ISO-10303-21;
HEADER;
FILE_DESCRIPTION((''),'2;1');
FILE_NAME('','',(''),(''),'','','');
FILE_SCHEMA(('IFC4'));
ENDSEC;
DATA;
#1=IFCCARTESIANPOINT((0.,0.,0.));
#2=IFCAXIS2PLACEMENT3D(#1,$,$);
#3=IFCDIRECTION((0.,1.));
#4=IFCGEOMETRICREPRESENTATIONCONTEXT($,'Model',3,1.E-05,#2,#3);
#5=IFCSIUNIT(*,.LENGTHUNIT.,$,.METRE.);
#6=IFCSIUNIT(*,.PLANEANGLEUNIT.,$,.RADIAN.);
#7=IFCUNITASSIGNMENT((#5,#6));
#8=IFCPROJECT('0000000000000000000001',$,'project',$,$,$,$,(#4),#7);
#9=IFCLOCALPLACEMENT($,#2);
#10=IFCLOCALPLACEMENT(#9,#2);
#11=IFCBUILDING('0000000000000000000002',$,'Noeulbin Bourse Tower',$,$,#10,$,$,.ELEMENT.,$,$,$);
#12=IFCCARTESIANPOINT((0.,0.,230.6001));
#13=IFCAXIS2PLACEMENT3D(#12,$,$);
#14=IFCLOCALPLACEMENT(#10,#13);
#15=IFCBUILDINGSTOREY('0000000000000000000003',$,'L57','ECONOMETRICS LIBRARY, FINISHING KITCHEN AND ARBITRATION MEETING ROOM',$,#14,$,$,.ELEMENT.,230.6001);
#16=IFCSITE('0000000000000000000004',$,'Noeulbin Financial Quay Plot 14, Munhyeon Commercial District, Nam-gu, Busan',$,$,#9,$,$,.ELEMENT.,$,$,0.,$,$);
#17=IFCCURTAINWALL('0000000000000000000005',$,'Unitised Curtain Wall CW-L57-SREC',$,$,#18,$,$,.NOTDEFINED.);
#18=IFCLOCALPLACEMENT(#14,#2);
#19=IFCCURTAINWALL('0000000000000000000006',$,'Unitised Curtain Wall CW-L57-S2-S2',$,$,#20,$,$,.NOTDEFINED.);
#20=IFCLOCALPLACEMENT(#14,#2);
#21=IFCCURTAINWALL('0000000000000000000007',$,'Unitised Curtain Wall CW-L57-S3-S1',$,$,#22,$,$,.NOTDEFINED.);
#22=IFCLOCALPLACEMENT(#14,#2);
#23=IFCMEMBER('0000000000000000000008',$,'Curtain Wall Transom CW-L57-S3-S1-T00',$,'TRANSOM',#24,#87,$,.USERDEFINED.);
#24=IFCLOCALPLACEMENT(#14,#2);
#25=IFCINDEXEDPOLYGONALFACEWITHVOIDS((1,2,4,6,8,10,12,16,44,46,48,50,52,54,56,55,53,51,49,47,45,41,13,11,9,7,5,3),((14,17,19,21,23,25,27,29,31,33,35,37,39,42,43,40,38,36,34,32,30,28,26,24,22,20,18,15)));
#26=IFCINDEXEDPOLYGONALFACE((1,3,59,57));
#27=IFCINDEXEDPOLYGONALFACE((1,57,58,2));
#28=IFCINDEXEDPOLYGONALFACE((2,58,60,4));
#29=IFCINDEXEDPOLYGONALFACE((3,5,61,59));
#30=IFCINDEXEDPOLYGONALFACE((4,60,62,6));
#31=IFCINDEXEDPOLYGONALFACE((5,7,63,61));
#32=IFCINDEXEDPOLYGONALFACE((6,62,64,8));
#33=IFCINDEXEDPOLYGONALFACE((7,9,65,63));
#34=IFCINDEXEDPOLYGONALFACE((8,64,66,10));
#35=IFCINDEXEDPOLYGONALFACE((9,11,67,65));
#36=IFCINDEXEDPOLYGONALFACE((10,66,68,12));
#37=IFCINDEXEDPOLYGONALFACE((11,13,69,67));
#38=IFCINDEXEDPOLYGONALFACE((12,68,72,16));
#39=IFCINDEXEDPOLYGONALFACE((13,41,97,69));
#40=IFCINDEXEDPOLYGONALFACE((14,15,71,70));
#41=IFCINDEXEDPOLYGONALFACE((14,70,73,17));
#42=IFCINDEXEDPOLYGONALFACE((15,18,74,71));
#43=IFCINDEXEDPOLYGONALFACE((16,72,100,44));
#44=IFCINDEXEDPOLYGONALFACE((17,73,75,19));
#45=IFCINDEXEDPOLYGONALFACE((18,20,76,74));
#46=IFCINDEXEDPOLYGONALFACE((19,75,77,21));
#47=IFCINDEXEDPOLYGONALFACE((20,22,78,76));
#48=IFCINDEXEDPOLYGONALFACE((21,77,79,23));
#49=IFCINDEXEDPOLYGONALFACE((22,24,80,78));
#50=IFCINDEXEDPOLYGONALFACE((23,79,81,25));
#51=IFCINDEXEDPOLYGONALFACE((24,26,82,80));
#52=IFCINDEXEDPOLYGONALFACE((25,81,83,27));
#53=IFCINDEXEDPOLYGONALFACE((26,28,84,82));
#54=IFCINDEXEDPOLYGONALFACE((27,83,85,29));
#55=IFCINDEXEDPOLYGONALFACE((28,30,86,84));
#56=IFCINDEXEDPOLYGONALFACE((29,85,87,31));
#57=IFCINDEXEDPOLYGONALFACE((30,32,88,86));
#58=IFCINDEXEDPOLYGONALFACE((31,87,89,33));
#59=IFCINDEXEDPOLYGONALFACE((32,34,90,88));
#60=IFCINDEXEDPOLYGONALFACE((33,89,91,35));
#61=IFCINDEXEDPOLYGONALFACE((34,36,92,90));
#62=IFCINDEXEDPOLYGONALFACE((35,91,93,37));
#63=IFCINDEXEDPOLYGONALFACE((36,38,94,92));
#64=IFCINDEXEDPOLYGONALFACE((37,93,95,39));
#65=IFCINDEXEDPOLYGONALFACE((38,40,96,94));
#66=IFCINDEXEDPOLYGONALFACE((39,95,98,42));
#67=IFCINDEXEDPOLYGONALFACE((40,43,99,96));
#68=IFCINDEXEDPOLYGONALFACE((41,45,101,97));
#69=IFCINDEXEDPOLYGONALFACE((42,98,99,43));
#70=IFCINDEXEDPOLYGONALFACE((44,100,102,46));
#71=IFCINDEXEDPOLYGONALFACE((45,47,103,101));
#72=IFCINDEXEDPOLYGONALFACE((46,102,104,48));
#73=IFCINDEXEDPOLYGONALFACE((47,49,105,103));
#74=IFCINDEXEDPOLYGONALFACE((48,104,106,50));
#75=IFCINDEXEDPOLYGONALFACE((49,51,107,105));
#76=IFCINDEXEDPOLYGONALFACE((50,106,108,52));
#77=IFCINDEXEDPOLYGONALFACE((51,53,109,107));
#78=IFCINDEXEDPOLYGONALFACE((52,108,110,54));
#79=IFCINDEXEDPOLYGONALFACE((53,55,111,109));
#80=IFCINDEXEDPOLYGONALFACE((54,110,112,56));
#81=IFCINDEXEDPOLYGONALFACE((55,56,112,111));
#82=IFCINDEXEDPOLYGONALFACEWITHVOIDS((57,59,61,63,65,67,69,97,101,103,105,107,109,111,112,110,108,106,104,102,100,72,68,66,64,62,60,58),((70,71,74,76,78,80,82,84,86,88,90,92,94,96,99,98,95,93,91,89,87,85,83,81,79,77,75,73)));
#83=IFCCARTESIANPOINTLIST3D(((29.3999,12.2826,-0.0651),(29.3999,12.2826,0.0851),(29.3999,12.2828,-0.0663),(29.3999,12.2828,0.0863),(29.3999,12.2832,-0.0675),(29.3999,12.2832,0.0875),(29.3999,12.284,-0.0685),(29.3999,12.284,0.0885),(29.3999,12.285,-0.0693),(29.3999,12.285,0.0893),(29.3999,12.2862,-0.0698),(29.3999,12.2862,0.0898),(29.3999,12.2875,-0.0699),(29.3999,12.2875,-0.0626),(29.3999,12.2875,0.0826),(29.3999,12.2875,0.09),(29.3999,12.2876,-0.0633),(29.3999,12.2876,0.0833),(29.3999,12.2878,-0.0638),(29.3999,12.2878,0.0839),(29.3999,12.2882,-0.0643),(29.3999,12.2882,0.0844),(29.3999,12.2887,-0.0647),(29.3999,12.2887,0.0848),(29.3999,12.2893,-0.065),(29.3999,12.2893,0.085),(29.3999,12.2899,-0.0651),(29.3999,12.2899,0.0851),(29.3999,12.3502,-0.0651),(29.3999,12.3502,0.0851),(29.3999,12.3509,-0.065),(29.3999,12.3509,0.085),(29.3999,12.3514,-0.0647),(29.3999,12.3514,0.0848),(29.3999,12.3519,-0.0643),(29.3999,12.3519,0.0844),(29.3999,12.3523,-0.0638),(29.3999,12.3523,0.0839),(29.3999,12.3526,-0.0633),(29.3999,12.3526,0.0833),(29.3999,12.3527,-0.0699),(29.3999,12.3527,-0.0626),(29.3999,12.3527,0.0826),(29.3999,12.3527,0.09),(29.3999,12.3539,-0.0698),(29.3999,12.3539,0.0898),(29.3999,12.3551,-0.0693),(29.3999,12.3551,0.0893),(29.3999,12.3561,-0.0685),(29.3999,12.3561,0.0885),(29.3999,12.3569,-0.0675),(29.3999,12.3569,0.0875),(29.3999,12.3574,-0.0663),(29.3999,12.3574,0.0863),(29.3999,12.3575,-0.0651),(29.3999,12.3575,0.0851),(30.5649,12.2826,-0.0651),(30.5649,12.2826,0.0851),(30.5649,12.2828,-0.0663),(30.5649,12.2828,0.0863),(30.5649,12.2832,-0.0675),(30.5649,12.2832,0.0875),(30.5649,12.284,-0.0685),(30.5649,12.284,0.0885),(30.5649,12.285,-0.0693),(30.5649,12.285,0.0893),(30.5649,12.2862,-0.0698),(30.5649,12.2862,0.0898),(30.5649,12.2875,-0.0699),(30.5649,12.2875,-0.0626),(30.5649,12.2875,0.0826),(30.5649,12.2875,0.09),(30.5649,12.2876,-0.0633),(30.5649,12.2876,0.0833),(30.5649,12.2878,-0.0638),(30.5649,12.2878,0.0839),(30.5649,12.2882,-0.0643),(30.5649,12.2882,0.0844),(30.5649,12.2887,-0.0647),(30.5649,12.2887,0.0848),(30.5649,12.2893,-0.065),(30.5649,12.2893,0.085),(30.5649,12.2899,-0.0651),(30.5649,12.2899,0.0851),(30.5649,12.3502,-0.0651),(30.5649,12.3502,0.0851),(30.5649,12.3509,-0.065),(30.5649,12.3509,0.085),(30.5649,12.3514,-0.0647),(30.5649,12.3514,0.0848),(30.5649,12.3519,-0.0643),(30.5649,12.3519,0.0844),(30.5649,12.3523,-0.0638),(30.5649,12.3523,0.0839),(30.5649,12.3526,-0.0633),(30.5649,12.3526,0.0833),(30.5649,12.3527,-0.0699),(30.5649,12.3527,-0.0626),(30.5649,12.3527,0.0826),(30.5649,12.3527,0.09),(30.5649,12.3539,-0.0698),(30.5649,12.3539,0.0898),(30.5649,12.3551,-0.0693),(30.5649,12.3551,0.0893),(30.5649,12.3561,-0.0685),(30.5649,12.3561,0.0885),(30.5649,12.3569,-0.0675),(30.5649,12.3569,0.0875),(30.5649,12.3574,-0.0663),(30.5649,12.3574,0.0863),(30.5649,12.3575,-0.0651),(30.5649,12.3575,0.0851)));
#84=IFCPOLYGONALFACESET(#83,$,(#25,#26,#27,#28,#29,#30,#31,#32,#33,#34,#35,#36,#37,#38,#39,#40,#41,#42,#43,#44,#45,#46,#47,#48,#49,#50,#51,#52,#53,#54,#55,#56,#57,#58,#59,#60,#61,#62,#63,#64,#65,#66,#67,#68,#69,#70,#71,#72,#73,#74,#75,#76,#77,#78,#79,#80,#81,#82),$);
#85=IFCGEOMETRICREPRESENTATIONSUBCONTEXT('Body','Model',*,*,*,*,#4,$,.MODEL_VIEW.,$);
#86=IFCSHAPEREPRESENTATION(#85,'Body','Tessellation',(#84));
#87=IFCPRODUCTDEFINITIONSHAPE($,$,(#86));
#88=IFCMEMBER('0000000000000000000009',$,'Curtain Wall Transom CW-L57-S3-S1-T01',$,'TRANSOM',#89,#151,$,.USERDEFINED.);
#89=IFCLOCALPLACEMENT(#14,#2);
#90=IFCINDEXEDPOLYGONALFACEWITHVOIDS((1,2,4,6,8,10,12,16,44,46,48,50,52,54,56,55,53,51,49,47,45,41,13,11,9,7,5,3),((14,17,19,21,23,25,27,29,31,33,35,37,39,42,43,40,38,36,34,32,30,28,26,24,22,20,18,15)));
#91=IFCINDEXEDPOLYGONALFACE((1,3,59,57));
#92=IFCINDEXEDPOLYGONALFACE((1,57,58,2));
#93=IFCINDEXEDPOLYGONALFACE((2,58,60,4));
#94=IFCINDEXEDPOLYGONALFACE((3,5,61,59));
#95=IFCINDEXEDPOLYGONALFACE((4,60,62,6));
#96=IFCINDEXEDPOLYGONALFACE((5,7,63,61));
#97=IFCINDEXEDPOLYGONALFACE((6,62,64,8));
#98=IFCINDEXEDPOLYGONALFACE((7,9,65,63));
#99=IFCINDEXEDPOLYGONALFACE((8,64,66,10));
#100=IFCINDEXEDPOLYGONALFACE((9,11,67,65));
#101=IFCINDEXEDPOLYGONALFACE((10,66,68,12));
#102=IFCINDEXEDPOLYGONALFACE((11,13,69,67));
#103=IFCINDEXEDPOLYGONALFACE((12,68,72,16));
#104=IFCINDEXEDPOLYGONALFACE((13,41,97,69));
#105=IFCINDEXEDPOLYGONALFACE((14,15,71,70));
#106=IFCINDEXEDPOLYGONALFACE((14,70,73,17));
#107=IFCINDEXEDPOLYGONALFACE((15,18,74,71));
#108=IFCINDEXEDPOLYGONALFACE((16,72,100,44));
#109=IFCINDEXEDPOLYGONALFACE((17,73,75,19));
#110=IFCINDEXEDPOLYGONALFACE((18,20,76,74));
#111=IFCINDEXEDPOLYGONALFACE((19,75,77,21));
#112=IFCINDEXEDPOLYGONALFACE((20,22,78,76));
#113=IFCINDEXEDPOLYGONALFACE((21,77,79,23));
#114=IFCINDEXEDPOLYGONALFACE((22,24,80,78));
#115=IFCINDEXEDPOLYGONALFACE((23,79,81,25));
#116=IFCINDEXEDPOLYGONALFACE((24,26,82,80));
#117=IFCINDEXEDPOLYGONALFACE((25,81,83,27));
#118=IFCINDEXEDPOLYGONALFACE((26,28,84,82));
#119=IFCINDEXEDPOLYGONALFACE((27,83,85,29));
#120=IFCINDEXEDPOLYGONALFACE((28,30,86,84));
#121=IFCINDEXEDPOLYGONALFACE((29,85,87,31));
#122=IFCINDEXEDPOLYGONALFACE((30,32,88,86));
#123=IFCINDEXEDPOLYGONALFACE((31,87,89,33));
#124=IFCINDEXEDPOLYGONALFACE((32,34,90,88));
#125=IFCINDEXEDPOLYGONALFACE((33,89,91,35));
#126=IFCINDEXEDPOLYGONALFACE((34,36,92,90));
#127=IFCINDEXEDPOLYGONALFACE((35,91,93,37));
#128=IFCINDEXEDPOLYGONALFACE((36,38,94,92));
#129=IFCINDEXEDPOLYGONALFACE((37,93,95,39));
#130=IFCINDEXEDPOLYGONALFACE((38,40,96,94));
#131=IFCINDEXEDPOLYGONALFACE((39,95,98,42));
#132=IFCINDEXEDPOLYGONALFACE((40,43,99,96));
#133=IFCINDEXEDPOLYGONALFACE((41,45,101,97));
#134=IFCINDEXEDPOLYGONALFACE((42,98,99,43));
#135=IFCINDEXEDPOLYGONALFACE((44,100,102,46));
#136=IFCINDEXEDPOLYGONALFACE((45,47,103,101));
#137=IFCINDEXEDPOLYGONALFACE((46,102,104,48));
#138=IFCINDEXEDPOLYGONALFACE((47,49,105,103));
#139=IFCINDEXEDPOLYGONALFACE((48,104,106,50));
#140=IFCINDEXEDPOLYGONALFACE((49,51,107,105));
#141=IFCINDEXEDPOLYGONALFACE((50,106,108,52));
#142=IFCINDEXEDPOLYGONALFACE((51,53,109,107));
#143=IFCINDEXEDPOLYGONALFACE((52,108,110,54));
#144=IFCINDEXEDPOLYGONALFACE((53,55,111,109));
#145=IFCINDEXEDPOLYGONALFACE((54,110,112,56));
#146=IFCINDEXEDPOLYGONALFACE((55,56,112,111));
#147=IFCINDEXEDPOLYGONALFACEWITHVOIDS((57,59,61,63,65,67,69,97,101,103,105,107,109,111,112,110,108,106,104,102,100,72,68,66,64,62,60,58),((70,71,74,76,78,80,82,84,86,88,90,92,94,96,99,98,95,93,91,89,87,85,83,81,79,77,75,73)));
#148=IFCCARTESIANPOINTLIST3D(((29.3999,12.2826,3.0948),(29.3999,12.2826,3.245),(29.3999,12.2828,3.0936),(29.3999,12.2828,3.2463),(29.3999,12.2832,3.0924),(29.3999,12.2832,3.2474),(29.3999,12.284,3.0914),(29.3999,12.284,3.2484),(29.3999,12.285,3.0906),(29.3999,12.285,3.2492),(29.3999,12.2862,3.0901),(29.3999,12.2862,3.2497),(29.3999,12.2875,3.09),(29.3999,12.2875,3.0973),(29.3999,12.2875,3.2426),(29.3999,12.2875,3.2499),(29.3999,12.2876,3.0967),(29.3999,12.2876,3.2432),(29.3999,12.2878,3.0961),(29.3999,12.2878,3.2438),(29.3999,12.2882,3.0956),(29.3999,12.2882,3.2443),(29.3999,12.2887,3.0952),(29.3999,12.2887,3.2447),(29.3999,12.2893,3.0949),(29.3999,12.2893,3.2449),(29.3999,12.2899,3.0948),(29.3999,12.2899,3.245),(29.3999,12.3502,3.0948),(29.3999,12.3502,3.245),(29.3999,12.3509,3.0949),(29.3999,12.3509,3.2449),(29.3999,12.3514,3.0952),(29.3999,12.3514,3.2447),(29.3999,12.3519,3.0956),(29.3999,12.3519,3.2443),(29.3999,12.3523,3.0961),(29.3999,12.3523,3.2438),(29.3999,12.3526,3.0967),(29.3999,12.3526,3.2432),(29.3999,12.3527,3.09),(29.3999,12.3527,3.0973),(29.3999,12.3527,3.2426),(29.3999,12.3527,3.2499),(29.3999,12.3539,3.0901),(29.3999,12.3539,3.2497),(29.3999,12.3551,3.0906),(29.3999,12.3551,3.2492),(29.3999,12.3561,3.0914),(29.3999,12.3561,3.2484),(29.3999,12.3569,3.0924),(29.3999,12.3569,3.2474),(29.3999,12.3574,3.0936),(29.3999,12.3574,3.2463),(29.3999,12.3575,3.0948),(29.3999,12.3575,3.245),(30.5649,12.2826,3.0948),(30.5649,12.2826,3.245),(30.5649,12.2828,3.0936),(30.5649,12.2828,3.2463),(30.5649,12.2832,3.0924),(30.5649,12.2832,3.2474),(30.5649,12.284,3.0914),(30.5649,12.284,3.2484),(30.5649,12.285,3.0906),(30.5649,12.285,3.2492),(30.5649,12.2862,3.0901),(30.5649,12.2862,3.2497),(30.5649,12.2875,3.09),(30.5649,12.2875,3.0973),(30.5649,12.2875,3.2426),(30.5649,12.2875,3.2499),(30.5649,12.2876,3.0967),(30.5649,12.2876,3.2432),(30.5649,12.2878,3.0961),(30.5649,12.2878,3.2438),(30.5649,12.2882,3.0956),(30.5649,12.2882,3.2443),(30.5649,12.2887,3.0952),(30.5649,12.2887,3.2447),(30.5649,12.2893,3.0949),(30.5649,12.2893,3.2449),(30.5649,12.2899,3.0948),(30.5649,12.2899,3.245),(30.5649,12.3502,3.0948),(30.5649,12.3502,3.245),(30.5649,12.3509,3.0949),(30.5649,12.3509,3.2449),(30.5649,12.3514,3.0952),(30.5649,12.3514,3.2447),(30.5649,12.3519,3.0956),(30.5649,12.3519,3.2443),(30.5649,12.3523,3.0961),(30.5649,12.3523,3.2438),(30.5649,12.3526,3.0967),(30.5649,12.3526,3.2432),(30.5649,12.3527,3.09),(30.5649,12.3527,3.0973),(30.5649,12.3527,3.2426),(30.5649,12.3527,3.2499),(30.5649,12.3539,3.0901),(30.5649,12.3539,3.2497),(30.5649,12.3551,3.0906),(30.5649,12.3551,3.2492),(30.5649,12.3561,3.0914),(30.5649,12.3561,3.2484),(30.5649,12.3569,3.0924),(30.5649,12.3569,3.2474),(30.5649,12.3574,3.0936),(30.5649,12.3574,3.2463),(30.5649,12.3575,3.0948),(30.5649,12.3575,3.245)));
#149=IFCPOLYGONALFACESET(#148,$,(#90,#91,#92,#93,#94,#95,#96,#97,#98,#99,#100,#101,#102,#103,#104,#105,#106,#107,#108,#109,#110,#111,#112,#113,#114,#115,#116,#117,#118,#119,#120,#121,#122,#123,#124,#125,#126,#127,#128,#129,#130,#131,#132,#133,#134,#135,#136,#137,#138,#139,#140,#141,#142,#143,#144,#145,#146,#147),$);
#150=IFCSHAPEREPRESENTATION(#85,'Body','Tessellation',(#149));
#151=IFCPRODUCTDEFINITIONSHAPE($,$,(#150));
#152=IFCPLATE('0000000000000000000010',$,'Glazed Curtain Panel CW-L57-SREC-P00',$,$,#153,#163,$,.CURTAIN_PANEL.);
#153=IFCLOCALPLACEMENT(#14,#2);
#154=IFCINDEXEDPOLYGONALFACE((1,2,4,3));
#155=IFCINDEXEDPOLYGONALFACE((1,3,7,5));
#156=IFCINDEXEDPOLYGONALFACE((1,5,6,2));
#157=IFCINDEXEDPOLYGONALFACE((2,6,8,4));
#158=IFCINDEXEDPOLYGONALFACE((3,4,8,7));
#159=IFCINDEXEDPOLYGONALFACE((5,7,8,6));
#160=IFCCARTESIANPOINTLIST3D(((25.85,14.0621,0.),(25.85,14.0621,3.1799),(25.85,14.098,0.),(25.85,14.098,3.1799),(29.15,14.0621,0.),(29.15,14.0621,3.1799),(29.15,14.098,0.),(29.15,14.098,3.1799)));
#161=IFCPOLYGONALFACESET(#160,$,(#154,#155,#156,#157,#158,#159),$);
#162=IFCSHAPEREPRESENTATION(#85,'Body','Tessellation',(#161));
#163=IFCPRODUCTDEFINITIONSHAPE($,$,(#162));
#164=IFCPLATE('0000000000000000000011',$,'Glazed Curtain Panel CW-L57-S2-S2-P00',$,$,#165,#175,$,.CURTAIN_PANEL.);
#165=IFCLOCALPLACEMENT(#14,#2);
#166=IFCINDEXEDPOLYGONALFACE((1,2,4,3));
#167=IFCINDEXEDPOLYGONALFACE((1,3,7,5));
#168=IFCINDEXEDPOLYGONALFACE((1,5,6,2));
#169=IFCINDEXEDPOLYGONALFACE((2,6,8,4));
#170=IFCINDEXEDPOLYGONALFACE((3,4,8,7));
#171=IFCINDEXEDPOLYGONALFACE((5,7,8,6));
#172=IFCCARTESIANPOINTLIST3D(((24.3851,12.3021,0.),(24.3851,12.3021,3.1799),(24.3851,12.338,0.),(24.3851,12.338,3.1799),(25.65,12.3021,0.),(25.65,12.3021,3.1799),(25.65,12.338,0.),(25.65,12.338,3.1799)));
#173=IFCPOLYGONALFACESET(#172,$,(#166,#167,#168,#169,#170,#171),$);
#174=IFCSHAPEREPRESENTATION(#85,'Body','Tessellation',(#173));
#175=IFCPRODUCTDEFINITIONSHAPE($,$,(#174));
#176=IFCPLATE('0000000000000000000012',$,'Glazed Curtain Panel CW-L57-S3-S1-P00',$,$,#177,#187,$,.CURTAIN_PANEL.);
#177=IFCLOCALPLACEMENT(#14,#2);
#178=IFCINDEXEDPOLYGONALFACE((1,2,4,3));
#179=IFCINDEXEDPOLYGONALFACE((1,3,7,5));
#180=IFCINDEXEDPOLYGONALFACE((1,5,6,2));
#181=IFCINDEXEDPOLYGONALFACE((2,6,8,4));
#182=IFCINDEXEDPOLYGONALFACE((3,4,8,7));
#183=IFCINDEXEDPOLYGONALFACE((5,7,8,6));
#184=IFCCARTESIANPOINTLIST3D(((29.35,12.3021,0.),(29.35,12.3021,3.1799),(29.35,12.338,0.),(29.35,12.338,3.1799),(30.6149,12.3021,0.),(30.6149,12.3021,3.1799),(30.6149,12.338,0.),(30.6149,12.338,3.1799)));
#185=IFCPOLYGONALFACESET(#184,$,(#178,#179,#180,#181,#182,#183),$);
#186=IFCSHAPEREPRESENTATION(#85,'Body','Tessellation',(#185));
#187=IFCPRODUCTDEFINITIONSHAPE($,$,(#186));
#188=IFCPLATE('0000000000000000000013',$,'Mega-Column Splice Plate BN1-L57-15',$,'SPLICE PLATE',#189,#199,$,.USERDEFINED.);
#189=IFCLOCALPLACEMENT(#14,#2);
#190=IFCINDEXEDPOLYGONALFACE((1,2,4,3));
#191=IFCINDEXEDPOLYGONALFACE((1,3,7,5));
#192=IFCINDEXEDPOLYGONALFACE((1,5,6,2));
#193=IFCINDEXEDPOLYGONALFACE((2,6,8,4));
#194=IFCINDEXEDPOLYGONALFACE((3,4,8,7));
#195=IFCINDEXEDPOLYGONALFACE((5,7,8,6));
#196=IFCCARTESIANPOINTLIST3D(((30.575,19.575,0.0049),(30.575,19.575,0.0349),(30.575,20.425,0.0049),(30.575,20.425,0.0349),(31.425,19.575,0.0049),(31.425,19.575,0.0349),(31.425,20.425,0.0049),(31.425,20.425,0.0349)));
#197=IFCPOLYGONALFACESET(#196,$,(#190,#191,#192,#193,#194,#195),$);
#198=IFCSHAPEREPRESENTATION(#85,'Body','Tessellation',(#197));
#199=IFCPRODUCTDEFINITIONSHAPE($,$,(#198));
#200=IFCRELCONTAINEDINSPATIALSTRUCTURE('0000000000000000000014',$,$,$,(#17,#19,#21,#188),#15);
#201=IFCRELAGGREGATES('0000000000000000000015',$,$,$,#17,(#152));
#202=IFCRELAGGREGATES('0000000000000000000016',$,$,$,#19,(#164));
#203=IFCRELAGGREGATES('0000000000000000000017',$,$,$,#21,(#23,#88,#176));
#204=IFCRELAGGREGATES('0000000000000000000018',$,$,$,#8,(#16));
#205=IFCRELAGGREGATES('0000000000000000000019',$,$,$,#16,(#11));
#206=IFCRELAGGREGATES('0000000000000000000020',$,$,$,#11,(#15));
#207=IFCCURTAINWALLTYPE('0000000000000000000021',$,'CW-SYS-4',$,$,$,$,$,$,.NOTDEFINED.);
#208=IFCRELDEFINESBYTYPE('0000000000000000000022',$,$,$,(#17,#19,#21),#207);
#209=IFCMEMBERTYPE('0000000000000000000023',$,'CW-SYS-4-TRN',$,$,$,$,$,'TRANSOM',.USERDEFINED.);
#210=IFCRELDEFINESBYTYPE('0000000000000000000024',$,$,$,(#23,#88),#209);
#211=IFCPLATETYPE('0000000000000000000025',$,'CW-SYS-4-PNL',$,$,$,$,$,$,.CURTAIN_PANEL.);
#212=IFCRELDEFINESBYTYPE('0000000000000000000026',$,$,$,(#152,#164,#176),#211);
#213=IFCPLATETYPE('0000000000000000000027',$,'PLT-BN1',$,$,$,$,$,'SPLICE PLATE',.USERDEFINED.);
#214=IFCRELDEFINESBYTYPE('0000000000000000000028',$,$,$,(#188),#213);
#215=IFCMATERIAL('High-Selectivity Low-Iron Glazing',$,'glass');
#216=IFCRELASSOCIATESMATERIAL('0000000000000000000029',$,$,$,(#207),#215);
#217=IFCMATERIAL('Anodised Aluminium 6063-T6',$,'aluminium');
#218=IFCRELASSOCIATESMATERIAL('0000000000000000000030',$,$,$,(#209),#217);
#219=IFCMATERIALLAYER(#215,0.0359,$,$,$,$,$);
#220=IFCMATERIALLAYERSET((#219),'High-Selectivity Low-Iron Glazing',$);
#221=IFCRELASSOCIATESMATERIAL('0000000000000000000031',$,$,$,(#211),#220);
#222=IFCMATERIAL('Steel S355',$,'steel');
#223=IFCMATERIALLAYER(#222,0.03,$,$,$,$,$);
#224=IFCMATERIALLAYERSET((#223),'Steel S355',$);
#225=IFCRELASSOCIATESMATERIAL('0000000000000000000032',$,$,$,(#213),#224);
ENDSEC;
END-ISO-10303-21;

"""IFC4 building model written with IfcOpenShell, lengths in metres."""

from ifc_helpers import new_model, si_unit, direction, frame, origin, origin_2d, place, context, subcontext, project, spatial, rectangle, hollow_rectangle, extrude, material, layer, layer_set, material_profile, profile_set, type_object, element, aggregate, save


model = new_model("IFC4")

# Units and contexts
model_context = context("Model", 3, precision=1e-05, world=origin(), true_north=direction((0.0, 1.0)))
body_context = subcontext(model_context, "Body", "Model", "MODEL_VIEW")
ifc_project = project(units=[si_unit("LENGTHUNIT", "METRE"), si_unit("PLANEANGLEUNIT", "RADIAN")], contexts=[model_context])

# Site, building, storey
site_placement = place(None, origin())
site = spatial("IfcSite", under=ifc_project, at=site_placement, Name="Noeulbin Financial Quay Plot 14, Munhyeon Commercial District, Nam-gu, Busan", CompositionType="ELEMENT", RefElevation=0.0)
building_placement = place(site_placement, origin())
building = spatial("IfcBuilding", under=site, at=building_placement, Name="Noeulbin Bourse Tower", CompositionType="ELEMENT")
storey_placement = place(building_placement, frame((0.0, 0.0, 230.6001)))
storey = spatial("IfcBuildingStorey", under=building, at=storey_placement, Name="L57", Description="ECONOMETRICS LIBRARY, FINISHING KITCHEN AND ARBITRATION MEETING ROOM", CompositionType="ELEMENT", Elevation=230.6001)

# Shared definitions
ifc_material_1 = material(Name="Steel S355", Category="steel")

# Curtain walls
ifc_material_2 = material(Name="High-Selectivity Low-Iron Glazing", Category="glass")
curtain_wall_type = type_object("IfcCurtainWallType", Name="CW-SYS-4", PredefinedType="NOTDEFINED", material=ifc_material_2)
curtain_wall_1_placement = place(storey_placement, origin())
curtain_wall_1 = element("IfcCurtainWall", 1, at=curtain_wall_1_placement, inside=storey, type_object=curtain_wall_type, Name="Unitised Curtain Wall CW-L57-SREC", PredefinedType="NOTDEFINED")
ifc_material_3 = material(Name="Anodised Aluminium 6063-T6", Category="aluminium")
curtain_wall_2_placement = place(storey_placement, origin())
curtain_wall_2 = element("IfcCurtainWall", 2, at=curtain_wall_2_placement, inside=storey, type_object=curtain_wall_type, Name="Unitised Curtain Wall CW-L57-S2-S2", PredefinedType="NOTDEFINED")
curtain_wall_3_placement = place(storey_placement, origin())
curtain_wall_3 = element("IfcCurtainWall", 3, at=curtain_wall_3_placement, inside=storey, type_object=curtain_wall_type, Name="Unitised Curtain Wall CW-L57-S3-S1", PredefinedType="NOTDEFINED")

# Members
ifc_material_profile_1 = material_profile(ifc_material_3, hollow_rectangle(XDim=0.075, YDim=0.1599, WallThickness=0.0049, InnerFilletRadius=0.0024, OuterFilletRadius=0.0049, at=origin_2d()), Name="ALU-TRAN-75x160x5", Category="LoadBearing")
ifc_profile_set_1 = profile_set([ifc_material_profile_1], Name="Anodised Aluminium 6063-T6")
member_type_1 = type_object("IfcMemberType", Name="CW-SYS-4-TRN", ElementType="TRANSOM", PredefinedType="USERDEFINED", material=ifc_profile_set_1)
member_1_placement = place(storey_placement, frame((29.3999, 12.3201, 0.01), z_axis=(1.0, 0.0, 0.0), x_axis=(0.0, 1.0, 0.0)))
member_1 = element("IfcMember", 4, at=member_1_placement, type_object=member_type_1, Name="Curtain Wall Transom CW-L57-S3-S1-T00", ObjectType="TRANSOM", PredefinedType="USERDEFINED", context=body_context, shape_type="SweptSolid", body=[
    extrude(hollow_rectangle(XDim=0.075, YDim=0.1599, WallThickness=0.0049, InnerFilletRadius=0.0024, OuterFilletRadius=0.0049, at=origin_2d()), origin(), (0.0, 0.0, 1.0), 1.165),
])
member_2_placement = place(storey_placement, frame((29.3999, 12.3201, 3.1699), z_axis=(1.0, 0.0, 0.0), x_axis=(0.0, 1.0, 0.0)))
member_2 = element("IfcMember", 5, at=member_2_placement, type_object=member_type_1, Name="Curtain Wall Transom CW-L57-S3-S1-T01", ObjectType="TRANSOM", PredefinedType="USERDEFINED", context=body_context, shape_type="SweptSolid", body=[
    extrude(hollow_rectangle(XDim=0.075, YDim=0.1599, WallThickness=0.0049, InnerFilletRadius=0.0024, OuterFilletRadius=0.0049, at=origin_2d()), origin(), (0.0, 0.0, 1.0), 1.165),
])

# Plates
ifc_layer_1 = layer(ifc_material_2, 0.0359)
ifc_layer_set_1 = layer_set([ifc_layer_1], Name="High-Selectivity Low-Iron Glazing")
plate_type_1 = type_object("IfcPlateType", Name="CW-SYS-4-PNL", PredefinedType="CURTAIN_PANEL", material=ifc_layer_set_1)
plate_1_placement = place(storey_placement, frame((27.5, 14.0801, 0.0), z_axis=(0.0, 0.0, 1.0), x_axis=(1.0, 0.0, 0.0)))
plate_1 = element("IfcPlate", 6, at=plate_1_placement, type_object=plate_type_1, Name="Glazed Curtain Panel CW-L57-SREC-P00", PredefinedType="CURTAIN_PANEL", context=body_context, shape_type="SweptSolid", body=[
    extrude(rectangle(XDim=3.3, YDim=0.0359, at=origin_2d()), origin(), (0.0, 0.0, 1.0), 3.1799),
])
aggregate(curtain_wall_1, [plate_1])
plate_2_placement = place(storey_placement, frame((25.0176, 12.3201, 0.0), z_axis=(0.0, 0.0, 1.0), x_axis=(1.0, 0.0, 0.0)))
plate_2 = element("IfcPlate", 7, at=plate_2_placement, type_object=plate_type_1, Name="Glazed Curtain Panel CW-L57-S2-S2-P00", PredefinedType="CURTAIN_PANEL", context=body_context, shape_type="SweptSolid", body=[
    extrude(rectangle(XDim=1.2649, YDim=0.0359, at=origin_2d()), origin(), (0.0, 0.0, 1.0), 3.1799),
])
aggregate(curtain_wall_2, [plate_2])
plate_3_placement = place(storey_placement, frame((29.9824, 12.3201, 0.0), z_axis=(0.0, 0.0, 1.0), x_axis=(1.0, 0.0, 0.0)))
plate_3 = element("IfcPlate", 8, at=plate_3_placement, type_object=plate_type_1, Name="Glazed Curtain Panel CW-L57-S3-S1-P00", PredefinedType="CURTAIN_PANEL", context=body_context, shape_type="SweptSolid", body=[
    extrude(rectangle(XDim=1.2649, YDim=0.0359, at=origin_2d()), origin(), (0.0, 0.0, 1.0), 3.1799),
])
aggregate(curtain_wall_3, [member_1, member_2, plate_3])

# Plate
ifc_layer_2 = layer(ifc_material_1, 0.03)
ifc_layer_set_2 = layer_set([ifc_layer_2], Name="Steel S355")
plate_type_2 = type_object("IfcPlateType", Name="PLT-BN1", ElementType="SPLICE PLATE", PredefinedType="USERDEFINED", material=ifc_layer_set_2)
for number, where, z_axis, x_axis, name in (
    (9, (31.0, 20.0, 0.0049), (0.0, 0.0, 1.0), (1.0, 0.0, 0.0), "Mega-Column Splice Plate BN1-L57-15"),
):
    element("IfcPlate", number, at=place(storey_placement, frame(where, z_axis=z_axis, x_axis=x_axis)), inside=storey, type_object=plate_type_2, Name=name, ObjectType="SPLICE PLATE", PredefinedType="USERDEFINED", context=body_context, shape_type="SweptSolid", body=[
        extrude(rectangle(XDim=0.8501, YDim=0.8501, at=origin_2d()), origin(), (0.0, 0.0, 1.0), 0.03),
    ])

save(model, "model.ifc")
